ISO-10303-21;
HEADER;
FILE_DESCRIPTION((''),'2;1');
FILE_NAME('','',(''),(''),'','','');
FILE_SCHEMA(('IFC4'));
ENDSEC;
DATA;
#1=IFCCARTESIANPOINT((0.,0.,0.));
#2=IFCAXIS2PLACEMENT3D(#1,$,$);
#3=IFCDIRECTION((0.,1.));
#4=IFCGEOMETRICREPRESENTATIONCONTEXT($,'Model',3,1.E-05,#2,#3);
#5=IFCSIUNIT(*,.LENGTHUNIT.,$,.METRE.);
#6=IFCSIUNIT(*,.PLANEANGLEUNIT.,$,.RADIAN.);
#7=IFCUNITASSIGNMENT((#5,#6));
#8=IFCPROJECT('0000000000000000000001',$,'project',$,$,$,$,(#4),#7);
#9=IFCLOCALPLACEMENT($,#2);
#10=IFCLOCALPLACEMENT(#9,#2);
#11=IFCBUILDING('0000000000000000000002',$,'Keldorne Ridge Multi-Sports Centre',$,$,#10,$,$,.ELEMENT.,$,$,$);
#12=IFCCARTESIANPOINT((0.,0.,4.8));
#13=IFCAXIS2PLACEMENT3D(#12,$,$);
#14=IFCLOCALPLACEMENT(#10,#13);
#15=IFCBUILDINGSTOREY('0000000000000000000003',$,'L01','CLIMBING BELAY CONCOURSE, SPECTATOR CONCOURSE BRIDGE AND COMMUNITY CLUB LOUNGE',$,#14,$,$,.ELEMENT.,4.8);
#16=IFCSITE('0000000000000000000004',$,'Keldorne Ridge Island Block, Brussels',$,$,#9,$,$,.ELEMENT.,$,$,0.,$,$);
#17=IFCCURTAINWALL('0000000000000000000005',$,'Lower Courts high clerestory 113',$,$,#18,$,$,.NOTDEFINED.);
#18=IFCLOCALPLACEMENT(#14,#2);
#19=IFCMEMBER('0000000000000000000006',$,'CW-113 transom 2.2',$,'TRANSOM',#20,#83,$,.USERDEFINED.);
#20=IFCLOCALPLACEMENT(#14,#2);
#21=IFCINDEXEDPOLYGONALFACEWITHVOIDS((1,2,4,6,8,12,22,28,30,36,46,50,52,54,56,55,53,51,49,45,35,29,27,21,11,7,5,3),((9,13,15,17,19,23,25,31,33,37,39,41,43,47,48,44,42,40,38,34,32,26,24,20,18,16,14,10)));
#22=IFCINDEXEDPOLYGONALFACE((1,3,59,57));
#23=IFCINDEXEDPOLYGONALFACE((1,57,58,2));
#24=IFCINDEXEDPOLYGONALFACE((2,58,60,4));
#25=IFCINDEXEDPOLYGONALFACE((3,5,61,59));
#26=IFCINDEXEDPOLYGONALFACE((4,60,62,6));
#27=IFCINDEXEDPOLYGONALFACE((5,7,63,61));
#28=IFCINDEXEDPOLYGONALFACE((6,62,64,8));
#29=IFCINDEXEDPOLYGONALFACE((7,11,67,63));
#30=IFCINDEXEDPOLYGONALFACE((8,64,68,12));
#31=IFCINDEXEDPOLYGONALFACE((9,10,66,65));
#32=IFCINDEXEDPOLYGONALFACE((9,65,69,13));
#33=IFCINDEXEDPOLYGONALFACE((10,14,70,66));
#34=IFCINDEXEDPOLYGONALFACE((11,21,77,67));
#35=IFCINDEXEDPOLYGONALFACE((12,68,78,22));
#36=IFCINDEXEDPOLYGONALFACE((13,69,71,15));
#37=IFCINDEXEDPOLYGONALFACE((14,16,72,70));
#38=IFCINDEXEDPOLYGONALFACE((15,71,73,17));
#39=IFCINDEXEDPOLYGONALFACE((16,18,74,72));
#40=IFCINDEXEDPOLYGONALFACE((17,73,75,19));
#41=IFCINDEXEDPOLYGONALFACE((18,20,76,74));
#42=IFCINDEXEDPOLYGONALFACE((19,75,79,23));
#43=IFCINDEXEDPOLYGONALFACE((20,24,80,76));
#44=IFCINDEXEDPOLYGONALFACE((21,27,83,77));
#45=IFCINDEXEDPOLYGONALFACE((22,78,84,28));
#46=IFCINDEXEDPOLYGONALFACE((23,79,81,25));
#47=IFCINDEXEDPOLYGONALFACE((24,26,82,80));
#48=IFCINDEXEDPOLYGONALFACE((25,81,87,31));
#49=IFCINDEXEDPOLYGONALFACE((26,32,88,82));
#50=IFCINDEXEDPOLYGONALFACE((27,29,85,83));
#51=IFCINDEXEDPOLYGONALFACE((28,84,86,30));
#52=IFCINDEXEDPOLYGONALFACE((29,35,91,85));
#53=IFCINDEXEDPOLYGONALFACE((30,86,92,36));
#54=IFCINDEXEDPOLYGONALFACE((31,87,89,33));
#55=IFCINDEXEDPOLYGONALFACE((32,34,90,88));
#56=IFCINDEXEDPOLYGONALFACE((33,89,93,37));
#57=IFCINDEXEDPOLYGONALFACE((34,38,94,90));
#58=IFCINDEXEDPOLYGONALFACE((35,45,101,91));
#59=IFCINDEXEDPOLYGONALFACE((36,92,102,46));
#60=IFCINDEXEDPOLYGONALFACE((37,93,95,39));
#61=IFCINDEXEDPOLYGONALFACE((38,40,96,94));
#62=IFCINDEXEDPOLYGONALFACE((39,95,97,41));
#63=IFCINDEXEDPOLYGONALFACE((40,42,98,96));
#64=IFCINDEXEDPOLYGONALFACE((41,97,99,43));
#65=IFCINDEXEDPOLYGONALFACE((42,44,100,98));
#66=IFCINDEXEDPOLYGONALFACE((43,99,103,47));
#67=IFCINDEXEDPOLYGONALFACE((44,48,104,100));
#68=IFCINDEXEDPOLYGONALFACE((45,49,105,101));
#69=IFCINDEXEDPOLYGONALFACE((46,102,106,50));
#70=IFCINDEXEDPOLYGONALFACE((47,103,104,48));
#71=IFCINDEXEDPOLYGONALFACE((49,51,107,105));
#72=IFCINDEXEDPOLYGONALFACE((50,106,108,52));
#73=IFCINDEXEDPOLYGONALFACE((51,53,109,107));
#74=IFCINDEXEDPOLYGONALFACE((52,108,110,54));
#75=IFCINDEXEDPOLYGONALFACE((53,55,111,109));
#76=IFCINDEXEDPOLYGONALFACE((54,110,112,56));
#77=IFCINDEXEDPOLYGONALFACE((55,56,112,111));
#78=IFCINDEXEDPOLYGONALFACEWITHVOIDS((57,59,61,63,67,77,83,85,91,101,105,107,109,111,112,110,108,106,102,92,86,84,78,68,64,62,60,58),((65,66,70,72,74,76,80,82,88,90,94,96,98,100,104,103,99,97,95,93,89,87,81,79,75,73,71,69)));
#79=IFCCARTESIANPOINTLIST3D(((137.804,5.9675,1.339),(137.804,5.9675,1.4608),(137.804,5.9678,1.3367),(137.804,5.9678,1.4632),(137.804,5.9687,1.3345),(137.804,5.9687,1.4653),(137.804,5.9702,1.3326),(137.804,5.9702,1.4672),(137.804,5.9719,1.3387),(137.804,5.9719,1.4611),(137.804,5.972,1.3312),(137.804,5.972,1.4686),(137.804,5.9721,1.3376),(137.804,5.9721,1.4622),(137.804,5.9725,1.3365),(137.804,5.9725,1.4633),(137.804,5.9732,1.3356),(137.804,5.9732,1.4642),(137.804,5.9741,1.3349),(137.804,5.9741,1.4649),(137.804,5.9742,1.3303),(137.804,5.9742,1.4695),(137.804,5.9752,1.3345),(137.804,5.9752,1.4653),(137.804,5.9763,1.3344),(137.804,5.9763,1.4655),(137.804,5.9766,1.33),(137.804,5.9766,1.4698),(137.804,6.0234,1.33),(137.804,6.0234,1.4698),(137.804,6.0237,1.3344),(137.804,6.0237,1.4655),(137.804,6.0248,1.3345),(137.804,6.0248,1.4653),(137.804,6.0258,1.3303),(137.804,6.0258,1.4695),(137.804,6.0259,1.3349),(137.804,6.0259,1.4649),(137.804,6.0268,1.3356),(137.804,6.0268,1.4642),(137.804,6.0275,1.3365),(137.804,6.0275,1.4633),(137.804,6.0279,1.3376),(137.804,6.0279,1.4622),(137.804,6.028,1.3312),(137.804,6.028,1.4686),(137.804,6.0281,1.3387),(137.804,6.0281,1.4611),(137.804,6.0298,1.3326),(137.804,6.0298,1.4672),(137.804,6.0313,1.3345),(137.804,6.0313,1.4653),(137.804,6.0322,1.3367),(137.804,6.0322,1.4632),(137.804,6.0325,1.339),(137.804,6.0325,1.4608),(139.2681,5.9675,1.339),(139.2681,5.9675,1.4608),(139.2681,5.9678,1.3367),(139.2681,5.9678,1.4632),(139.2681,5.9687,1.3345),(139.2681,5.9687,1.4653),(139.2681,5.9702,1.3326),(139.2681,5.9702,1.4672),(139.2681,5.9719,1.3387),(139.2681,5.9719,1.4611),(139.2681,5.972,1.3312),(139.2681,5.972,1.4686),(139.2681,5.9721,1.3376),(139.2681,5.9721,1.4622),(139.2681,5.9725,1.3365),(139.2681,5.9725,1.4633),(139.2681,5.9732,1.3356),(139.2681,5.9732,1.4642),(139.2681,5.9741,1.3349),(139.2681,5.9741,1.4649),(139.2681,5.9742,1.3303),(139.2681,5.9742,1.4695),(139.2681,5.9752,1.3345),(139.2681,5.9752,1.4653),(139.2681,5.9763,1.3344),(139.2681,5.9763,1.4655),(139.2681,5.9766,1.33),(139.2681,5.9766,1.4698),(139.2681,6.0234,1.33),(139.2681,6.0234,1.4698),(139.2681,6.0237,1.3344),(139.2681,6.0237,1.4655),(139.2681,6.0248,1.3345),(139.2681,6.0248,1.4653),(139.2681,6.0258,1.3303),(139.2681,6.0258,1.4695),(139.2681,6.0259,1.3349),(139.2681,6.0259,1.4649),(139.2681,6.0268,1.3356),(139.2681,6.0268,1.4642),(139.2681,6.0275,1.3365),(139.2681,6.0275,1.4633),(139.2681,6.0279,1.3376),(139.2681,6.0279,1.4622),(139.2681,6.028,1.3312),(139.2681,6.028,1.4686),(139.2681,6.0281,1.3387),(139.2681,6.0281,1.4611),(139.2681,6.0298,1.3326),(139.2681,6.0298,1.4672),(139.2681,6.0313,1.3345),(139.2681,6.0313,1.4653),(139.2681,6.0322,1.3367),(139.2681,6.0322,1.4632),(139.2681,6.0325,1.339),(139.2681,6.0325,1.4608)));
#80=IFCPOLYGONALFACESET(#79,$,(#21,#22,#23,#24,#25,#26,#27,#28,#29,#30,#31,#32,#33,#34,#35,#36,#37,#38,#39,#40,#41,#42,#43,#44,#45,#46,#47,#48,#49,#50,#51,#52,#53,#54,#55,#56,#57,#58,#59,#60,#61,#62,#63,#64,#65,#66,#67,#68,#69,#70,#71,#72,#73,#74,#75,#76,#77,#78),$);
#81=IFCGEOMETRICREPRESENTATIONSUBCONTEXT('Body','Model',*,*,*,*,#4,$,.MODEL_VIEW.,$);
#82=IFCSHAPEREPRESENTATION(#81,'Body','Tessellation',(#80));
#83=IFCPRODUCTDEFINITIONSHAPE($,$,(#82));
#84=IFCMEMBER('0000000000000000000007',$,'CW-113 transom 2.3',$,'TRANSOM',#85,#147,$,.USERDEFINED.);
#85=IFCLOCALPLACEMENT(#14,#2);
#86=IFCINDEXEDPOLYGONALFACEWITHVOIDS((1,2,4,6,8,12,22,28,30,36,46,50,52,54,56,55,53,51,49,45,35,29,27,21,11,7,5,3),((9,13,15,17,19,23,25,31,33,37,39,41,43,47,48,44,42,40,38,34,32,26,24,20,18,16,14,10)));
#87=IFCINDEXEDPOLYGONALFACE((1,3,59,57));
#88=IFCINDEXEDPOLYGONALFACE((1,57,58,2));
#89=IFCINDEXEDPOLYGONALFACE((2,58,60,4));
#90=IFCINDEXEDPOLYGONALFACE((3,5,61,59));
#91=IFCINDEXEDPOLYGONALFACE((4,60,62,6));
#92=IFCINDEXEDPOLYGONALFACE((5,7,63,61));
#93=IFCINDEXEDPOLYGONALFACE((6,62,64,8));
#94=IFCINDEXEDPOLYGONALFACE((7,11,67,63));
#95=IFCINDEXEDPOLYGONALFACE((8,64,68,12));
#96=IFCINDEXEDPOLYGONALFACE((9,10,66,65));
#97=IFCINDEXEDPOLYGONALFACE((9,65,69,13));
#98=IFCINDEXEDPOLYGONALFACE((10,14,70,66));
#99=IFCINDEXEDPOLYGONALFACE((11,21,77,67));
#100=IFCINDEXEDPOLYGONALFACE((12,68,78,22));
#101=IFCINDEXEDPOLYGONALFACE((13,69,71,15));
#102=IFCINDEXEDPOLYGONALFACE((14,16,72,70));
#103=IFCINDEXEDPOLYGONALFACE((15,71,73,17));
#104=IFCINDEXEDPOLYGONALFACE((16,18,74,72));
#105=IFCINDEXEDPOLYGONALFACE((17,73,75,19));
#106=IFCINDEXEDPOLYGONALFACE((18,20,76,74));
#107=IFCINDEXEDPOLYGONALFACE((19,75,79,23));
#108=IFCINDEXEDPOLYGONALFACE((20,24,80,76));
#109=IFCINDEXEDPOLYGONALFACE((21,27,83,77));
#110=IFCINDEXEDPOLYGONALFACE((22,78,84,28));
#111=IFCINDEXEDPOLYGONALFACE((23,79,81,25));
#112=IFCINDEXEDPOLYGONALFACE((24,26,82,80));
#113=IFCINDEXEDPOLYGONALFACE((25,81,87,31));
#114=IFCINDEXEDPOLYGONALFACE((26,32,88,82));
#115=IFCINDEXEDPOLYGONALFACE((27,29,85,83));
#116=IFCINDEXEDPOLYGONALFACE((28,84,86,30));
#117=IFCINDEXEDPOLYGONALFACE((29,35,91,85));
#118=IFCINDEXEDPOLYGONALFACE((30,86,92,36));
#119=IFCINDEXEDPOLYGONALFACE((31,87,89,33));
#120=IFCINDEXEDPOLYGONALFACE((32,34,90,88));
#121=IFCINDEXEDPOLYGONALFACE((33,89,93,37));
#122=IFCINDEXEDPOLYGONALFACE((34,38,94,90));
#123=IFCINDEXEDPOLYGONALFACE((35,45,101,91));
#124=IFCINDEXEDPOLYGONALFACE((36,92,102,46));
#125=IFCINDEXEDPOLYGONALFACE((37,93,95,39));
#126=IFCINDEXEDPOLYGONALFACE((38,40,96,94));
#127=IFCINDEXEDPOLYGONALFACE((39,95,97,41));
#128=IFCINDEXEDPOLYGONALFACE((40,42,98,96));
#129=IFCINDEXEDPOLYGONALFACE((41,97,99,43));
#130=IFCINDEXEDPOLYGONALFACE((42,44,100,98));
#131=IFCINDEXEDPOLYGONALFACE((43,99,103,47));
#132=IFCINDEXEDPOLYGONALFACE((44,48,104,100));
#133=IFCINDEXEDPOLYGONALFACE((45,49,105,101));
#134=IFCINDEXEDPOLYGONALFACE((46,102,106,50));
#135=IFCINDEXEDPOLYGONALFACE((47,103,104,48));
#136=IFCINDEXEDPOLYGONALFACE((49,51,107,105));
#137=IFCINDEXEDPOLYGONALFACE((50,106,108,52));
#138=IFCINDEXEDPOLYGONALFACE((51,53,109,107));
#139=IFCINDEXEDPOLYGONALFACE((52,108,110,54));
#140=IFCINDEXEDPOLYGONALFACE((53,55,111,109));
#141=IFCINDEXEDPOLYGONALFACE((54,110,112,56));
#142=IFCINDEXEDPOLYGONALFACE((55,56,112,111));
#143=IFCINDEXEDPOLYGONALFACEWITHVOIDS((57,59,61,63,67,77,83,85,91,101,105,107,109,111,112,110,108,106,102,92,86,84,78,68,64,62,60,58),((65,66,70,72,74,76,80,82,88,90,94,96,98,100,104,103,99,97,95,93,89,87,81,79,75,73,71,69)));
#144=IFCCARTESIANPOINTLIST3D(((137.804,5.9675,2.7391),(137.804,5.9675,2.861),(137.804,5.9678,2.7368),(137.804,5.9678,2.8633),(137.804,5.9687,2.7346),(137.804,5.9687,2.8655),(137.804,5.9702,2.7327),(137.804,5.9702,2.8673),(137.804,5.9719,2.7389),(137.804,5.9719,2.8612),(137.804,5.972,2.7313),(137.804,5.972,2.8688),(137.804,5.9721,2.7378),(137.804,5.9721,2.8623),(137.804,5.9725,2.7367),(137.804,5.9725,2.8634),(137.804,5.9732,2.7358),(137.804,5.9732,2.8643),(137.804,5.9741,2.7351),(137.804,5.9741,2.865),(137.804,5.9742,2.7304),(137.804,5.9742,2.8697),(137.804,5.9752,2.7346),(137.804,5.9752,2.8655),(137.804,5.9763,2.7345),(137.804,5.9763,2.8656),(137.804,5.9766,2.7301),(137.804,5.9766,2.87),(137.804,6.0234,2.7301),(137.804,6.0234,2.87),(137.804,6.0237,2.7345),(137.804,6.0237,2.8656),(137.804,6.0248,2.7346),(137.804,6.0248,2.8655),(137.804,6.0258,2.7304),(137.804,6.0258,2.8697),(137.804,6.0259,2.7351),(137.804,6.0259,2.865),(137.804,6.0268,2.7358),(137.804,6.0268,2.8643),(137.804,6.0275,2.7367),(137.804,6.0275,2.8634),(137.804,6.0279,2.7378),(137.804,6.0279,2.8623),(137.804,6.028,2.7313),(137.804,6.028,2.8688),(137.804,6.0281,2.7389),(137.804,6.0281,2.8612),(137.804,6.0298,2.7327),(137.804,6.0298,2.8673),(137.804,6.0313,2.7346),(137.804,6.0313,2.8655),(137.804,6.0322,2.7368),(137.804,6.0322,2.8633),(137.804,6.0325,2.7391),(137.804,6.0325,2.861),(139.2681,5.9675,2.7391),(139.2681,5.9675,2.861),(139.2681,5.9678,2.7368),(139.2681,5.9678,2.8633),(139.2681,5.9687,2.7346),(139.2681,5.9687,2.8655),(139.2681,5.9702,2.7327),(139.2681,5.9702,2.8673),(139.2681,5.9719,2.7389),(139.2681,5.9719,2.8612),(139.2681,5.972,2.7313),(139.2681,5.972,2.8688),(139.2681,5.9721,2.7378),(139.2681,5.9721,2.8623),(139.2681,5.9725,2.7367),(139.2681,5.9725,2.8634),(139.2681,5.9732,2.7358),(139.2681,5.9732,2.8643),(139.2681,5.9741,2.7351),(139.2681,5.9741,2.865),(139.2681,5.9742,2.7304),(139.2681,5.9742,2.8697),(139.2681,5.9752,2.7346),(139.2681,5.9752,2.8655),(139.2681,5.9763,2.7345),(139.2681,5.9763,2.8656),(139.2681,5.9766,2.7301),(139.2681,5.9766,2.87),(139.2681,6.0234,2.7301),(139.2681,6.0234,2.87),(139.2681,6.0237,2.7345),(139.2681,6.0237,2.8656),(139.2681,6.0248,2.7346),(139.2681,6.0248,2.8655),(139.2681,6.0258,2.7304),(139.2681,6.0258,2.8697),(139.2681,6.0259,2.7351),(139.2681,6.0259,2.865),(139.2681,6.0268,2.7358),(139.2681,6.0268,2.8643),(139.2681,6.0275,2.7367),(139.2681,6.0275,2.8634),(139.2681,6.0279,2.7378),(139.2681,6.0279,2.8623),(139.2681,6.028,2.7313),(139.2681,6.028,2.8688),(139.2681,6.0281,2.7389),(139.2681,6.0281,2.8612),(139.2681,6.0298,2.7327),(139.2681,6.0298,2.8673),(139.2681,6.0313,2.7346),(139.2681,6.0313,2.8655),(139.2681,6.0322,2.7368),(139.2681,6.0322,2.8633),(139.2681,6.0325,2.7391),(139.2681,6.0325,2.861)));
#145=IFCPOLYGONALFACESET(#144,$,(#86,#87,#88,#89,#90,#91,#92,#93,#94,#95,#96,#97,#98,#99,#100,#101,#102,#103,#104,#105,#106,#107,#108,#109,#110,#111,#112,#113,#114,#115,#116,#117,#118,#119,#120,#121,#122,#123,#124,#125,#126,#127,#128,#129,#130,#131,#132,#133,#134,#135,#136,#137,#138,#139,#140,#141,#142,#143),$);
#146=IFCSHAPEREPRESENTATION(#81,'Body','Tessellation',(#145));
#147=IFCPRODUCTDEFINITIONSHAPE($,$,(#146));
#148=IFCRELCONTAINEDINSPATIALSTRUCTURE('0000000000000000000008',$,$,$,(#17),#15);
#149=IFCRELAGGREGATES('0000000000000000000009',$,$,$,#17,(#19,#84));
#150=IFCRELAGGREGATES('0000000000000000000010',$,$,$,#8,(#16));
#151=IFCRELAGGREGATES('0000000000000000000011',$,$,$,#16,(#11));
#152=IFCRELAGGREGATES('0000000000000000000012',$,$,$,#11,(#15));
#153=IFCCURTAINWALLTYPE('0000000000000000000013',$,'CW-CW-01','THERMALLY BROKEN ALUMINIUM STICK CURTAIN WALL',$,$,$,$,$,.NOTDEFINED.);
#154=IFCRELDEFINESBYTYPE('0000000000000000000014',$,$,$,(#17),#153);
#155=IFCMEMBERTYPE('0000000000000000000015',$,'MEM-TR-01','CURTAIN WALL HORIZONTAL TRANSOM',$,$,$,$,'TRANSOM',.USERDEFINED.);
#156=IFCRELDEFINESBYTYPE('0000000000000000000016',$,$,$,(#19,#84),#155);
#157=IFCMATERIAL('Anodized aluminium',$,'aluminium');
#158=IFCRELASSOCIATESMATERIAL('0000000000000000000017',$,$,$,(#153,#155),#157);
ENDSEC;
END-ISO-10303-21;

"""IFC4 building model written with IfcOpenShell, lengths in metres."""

from ifc_helpers import new_model, si_unit, direction, frame, origin, origin_2d, place, context, subcontext, project, spatial, hollow_rectangle, extrude, material, material_profile, profile_set, type_object, element, aggregate, save


model = new_model("IFC4")

# Units and contexts
model_context = context("Model", 3, precision=1e-05, world=origin(), true_north=direction((0.0, 1.0)))
body_context = subcontext(model_context, "Body", "Model", "MODEL_VIEW")
ifc_project = project(units=[si_unit("LENGTHUNIT", "METRE"), si_unit("PLANEANGLEUNIT", "RADIAN")], contexts=[model_context])

# Site, building, storey
site_placement = place(None, origin())
site = spatial("IfcSite", under=ifc_project, at=site_placement, Name="Keldorne Ridge Island Block, Brussels", CompositionType="ELEMENT", RefElevation=0.0)
building_placement = place(site_placement, origin())
building = spatial("IfcBuilding", under=site, at=building_placement, Name="Keldorne Ridge Multi-Sports Centre", CompositionType="ELEMENT")
storey_placement = place(building_placement, frame((0.0, 0.0, 4.8)))
storey = spatial("IfcBuildingStorey", under=building, at=storey_placement, Name="L01", Description="CLIMBING BELAY CONCOURSE, SPECTATOR CONCOURSE BRIDGE AND COMMUNITY CLUB LOUNGE", CompositionType="ELEMENT", Elevation=4.8)

# Curtain wall, members
ifc_material_1 = material(Name="Anodized aluminium", Category="aluminium")
curtain_wall_type = type_object("IfcCurtainWallType", Name="CW-CW-01", Description="THERMALLY BROKEN ALUMINIUM STICK CURTAIN WALL", PredefinedType="NOTDEFINED", material=ifc_material_1)
curtain_wall_placement = place(storey_placement, origin())
curtain_wall = element("IfcCurtainWall", 1, at=curtain_wall_placement, inside=storey, type_object=curtain_wall_type, Name="Lower Courts high clerestory 113", PredefinedType="NOTDEFINED")
ifc_material_profile_1 = material_profile(ifc_material_1, hollow_rectangle(XDim=0.0649, YDim=0.1399, WallThickness=0.0044, InnerFilletRadius=0.0044, OuterFilletRadius=0.009, at=origin_2d()), Name="ALU TRANSOM 140x65x4.5")
ifc_profile_set_1 = profile_set([ifc_material_profile_1], Name="Anodized aluminium")
member_type_1 = type_object("IfcMemberType", Name="MEM-TR-01", Description="CURTAIN WALL HORIZONTAL TRANSOM", ElementType="TRANSOM", PredefinedType="USERDEFINED", material=ifc_profile_set_1)
member_1_placement = place(storey_placement, frame((137.804, 6.0, 1.3999), z_axis=(1.0, 0.0, 0.0), x_axis=(0.0, 1.0, 0.0)))
member_1 = element("IfcMember", 2, at=member_1_placement, type_object=member_type_1, Name="CW-113 transom 2.2", ObjectType="TRANSOM", PredefinedType="USERDEFINED", context=body_context, shape_type="SweptSolid", body=[
    extrude(hollow_rectangle(XDim=0.0649, YDim=0.1399, WallThickness=0.0044, InnerFilletRadius=0.0044, OuterFilletRadius=0.009, at=origin_2d()), origin(), (0.0, 0.0, 1.0), 1.4641),
])
member_2_placement = place(storey_placement, frame((137.804, 6.0, 2.8), z_axis=(1.0, 0.0, 0.0), x_axis=(0.0, 1.0, 0.0)))
member_2 = element("IfcMember", 3, at=member_2_placement, type_object=member_type_1, Name="CW-113 transom 2.3", ObjectType="TRANSOM", PredefinedType="USERDEFINED", context=body_context, shape_type="SweptSolid", body=[
    extrude(hollow_rectangle(XDim=0.0649, YDim=0.1399, WallThickness=0.0044, InnerFilletRadius=0.0044, OuterFilletRadius=0.009, at=origin_2d()), origin(), (0.0, 0.0, 1.0), 1.4641),
])
aggregate(curtain_wall, [member_1, member_2])

save(model, "model.ifc")
